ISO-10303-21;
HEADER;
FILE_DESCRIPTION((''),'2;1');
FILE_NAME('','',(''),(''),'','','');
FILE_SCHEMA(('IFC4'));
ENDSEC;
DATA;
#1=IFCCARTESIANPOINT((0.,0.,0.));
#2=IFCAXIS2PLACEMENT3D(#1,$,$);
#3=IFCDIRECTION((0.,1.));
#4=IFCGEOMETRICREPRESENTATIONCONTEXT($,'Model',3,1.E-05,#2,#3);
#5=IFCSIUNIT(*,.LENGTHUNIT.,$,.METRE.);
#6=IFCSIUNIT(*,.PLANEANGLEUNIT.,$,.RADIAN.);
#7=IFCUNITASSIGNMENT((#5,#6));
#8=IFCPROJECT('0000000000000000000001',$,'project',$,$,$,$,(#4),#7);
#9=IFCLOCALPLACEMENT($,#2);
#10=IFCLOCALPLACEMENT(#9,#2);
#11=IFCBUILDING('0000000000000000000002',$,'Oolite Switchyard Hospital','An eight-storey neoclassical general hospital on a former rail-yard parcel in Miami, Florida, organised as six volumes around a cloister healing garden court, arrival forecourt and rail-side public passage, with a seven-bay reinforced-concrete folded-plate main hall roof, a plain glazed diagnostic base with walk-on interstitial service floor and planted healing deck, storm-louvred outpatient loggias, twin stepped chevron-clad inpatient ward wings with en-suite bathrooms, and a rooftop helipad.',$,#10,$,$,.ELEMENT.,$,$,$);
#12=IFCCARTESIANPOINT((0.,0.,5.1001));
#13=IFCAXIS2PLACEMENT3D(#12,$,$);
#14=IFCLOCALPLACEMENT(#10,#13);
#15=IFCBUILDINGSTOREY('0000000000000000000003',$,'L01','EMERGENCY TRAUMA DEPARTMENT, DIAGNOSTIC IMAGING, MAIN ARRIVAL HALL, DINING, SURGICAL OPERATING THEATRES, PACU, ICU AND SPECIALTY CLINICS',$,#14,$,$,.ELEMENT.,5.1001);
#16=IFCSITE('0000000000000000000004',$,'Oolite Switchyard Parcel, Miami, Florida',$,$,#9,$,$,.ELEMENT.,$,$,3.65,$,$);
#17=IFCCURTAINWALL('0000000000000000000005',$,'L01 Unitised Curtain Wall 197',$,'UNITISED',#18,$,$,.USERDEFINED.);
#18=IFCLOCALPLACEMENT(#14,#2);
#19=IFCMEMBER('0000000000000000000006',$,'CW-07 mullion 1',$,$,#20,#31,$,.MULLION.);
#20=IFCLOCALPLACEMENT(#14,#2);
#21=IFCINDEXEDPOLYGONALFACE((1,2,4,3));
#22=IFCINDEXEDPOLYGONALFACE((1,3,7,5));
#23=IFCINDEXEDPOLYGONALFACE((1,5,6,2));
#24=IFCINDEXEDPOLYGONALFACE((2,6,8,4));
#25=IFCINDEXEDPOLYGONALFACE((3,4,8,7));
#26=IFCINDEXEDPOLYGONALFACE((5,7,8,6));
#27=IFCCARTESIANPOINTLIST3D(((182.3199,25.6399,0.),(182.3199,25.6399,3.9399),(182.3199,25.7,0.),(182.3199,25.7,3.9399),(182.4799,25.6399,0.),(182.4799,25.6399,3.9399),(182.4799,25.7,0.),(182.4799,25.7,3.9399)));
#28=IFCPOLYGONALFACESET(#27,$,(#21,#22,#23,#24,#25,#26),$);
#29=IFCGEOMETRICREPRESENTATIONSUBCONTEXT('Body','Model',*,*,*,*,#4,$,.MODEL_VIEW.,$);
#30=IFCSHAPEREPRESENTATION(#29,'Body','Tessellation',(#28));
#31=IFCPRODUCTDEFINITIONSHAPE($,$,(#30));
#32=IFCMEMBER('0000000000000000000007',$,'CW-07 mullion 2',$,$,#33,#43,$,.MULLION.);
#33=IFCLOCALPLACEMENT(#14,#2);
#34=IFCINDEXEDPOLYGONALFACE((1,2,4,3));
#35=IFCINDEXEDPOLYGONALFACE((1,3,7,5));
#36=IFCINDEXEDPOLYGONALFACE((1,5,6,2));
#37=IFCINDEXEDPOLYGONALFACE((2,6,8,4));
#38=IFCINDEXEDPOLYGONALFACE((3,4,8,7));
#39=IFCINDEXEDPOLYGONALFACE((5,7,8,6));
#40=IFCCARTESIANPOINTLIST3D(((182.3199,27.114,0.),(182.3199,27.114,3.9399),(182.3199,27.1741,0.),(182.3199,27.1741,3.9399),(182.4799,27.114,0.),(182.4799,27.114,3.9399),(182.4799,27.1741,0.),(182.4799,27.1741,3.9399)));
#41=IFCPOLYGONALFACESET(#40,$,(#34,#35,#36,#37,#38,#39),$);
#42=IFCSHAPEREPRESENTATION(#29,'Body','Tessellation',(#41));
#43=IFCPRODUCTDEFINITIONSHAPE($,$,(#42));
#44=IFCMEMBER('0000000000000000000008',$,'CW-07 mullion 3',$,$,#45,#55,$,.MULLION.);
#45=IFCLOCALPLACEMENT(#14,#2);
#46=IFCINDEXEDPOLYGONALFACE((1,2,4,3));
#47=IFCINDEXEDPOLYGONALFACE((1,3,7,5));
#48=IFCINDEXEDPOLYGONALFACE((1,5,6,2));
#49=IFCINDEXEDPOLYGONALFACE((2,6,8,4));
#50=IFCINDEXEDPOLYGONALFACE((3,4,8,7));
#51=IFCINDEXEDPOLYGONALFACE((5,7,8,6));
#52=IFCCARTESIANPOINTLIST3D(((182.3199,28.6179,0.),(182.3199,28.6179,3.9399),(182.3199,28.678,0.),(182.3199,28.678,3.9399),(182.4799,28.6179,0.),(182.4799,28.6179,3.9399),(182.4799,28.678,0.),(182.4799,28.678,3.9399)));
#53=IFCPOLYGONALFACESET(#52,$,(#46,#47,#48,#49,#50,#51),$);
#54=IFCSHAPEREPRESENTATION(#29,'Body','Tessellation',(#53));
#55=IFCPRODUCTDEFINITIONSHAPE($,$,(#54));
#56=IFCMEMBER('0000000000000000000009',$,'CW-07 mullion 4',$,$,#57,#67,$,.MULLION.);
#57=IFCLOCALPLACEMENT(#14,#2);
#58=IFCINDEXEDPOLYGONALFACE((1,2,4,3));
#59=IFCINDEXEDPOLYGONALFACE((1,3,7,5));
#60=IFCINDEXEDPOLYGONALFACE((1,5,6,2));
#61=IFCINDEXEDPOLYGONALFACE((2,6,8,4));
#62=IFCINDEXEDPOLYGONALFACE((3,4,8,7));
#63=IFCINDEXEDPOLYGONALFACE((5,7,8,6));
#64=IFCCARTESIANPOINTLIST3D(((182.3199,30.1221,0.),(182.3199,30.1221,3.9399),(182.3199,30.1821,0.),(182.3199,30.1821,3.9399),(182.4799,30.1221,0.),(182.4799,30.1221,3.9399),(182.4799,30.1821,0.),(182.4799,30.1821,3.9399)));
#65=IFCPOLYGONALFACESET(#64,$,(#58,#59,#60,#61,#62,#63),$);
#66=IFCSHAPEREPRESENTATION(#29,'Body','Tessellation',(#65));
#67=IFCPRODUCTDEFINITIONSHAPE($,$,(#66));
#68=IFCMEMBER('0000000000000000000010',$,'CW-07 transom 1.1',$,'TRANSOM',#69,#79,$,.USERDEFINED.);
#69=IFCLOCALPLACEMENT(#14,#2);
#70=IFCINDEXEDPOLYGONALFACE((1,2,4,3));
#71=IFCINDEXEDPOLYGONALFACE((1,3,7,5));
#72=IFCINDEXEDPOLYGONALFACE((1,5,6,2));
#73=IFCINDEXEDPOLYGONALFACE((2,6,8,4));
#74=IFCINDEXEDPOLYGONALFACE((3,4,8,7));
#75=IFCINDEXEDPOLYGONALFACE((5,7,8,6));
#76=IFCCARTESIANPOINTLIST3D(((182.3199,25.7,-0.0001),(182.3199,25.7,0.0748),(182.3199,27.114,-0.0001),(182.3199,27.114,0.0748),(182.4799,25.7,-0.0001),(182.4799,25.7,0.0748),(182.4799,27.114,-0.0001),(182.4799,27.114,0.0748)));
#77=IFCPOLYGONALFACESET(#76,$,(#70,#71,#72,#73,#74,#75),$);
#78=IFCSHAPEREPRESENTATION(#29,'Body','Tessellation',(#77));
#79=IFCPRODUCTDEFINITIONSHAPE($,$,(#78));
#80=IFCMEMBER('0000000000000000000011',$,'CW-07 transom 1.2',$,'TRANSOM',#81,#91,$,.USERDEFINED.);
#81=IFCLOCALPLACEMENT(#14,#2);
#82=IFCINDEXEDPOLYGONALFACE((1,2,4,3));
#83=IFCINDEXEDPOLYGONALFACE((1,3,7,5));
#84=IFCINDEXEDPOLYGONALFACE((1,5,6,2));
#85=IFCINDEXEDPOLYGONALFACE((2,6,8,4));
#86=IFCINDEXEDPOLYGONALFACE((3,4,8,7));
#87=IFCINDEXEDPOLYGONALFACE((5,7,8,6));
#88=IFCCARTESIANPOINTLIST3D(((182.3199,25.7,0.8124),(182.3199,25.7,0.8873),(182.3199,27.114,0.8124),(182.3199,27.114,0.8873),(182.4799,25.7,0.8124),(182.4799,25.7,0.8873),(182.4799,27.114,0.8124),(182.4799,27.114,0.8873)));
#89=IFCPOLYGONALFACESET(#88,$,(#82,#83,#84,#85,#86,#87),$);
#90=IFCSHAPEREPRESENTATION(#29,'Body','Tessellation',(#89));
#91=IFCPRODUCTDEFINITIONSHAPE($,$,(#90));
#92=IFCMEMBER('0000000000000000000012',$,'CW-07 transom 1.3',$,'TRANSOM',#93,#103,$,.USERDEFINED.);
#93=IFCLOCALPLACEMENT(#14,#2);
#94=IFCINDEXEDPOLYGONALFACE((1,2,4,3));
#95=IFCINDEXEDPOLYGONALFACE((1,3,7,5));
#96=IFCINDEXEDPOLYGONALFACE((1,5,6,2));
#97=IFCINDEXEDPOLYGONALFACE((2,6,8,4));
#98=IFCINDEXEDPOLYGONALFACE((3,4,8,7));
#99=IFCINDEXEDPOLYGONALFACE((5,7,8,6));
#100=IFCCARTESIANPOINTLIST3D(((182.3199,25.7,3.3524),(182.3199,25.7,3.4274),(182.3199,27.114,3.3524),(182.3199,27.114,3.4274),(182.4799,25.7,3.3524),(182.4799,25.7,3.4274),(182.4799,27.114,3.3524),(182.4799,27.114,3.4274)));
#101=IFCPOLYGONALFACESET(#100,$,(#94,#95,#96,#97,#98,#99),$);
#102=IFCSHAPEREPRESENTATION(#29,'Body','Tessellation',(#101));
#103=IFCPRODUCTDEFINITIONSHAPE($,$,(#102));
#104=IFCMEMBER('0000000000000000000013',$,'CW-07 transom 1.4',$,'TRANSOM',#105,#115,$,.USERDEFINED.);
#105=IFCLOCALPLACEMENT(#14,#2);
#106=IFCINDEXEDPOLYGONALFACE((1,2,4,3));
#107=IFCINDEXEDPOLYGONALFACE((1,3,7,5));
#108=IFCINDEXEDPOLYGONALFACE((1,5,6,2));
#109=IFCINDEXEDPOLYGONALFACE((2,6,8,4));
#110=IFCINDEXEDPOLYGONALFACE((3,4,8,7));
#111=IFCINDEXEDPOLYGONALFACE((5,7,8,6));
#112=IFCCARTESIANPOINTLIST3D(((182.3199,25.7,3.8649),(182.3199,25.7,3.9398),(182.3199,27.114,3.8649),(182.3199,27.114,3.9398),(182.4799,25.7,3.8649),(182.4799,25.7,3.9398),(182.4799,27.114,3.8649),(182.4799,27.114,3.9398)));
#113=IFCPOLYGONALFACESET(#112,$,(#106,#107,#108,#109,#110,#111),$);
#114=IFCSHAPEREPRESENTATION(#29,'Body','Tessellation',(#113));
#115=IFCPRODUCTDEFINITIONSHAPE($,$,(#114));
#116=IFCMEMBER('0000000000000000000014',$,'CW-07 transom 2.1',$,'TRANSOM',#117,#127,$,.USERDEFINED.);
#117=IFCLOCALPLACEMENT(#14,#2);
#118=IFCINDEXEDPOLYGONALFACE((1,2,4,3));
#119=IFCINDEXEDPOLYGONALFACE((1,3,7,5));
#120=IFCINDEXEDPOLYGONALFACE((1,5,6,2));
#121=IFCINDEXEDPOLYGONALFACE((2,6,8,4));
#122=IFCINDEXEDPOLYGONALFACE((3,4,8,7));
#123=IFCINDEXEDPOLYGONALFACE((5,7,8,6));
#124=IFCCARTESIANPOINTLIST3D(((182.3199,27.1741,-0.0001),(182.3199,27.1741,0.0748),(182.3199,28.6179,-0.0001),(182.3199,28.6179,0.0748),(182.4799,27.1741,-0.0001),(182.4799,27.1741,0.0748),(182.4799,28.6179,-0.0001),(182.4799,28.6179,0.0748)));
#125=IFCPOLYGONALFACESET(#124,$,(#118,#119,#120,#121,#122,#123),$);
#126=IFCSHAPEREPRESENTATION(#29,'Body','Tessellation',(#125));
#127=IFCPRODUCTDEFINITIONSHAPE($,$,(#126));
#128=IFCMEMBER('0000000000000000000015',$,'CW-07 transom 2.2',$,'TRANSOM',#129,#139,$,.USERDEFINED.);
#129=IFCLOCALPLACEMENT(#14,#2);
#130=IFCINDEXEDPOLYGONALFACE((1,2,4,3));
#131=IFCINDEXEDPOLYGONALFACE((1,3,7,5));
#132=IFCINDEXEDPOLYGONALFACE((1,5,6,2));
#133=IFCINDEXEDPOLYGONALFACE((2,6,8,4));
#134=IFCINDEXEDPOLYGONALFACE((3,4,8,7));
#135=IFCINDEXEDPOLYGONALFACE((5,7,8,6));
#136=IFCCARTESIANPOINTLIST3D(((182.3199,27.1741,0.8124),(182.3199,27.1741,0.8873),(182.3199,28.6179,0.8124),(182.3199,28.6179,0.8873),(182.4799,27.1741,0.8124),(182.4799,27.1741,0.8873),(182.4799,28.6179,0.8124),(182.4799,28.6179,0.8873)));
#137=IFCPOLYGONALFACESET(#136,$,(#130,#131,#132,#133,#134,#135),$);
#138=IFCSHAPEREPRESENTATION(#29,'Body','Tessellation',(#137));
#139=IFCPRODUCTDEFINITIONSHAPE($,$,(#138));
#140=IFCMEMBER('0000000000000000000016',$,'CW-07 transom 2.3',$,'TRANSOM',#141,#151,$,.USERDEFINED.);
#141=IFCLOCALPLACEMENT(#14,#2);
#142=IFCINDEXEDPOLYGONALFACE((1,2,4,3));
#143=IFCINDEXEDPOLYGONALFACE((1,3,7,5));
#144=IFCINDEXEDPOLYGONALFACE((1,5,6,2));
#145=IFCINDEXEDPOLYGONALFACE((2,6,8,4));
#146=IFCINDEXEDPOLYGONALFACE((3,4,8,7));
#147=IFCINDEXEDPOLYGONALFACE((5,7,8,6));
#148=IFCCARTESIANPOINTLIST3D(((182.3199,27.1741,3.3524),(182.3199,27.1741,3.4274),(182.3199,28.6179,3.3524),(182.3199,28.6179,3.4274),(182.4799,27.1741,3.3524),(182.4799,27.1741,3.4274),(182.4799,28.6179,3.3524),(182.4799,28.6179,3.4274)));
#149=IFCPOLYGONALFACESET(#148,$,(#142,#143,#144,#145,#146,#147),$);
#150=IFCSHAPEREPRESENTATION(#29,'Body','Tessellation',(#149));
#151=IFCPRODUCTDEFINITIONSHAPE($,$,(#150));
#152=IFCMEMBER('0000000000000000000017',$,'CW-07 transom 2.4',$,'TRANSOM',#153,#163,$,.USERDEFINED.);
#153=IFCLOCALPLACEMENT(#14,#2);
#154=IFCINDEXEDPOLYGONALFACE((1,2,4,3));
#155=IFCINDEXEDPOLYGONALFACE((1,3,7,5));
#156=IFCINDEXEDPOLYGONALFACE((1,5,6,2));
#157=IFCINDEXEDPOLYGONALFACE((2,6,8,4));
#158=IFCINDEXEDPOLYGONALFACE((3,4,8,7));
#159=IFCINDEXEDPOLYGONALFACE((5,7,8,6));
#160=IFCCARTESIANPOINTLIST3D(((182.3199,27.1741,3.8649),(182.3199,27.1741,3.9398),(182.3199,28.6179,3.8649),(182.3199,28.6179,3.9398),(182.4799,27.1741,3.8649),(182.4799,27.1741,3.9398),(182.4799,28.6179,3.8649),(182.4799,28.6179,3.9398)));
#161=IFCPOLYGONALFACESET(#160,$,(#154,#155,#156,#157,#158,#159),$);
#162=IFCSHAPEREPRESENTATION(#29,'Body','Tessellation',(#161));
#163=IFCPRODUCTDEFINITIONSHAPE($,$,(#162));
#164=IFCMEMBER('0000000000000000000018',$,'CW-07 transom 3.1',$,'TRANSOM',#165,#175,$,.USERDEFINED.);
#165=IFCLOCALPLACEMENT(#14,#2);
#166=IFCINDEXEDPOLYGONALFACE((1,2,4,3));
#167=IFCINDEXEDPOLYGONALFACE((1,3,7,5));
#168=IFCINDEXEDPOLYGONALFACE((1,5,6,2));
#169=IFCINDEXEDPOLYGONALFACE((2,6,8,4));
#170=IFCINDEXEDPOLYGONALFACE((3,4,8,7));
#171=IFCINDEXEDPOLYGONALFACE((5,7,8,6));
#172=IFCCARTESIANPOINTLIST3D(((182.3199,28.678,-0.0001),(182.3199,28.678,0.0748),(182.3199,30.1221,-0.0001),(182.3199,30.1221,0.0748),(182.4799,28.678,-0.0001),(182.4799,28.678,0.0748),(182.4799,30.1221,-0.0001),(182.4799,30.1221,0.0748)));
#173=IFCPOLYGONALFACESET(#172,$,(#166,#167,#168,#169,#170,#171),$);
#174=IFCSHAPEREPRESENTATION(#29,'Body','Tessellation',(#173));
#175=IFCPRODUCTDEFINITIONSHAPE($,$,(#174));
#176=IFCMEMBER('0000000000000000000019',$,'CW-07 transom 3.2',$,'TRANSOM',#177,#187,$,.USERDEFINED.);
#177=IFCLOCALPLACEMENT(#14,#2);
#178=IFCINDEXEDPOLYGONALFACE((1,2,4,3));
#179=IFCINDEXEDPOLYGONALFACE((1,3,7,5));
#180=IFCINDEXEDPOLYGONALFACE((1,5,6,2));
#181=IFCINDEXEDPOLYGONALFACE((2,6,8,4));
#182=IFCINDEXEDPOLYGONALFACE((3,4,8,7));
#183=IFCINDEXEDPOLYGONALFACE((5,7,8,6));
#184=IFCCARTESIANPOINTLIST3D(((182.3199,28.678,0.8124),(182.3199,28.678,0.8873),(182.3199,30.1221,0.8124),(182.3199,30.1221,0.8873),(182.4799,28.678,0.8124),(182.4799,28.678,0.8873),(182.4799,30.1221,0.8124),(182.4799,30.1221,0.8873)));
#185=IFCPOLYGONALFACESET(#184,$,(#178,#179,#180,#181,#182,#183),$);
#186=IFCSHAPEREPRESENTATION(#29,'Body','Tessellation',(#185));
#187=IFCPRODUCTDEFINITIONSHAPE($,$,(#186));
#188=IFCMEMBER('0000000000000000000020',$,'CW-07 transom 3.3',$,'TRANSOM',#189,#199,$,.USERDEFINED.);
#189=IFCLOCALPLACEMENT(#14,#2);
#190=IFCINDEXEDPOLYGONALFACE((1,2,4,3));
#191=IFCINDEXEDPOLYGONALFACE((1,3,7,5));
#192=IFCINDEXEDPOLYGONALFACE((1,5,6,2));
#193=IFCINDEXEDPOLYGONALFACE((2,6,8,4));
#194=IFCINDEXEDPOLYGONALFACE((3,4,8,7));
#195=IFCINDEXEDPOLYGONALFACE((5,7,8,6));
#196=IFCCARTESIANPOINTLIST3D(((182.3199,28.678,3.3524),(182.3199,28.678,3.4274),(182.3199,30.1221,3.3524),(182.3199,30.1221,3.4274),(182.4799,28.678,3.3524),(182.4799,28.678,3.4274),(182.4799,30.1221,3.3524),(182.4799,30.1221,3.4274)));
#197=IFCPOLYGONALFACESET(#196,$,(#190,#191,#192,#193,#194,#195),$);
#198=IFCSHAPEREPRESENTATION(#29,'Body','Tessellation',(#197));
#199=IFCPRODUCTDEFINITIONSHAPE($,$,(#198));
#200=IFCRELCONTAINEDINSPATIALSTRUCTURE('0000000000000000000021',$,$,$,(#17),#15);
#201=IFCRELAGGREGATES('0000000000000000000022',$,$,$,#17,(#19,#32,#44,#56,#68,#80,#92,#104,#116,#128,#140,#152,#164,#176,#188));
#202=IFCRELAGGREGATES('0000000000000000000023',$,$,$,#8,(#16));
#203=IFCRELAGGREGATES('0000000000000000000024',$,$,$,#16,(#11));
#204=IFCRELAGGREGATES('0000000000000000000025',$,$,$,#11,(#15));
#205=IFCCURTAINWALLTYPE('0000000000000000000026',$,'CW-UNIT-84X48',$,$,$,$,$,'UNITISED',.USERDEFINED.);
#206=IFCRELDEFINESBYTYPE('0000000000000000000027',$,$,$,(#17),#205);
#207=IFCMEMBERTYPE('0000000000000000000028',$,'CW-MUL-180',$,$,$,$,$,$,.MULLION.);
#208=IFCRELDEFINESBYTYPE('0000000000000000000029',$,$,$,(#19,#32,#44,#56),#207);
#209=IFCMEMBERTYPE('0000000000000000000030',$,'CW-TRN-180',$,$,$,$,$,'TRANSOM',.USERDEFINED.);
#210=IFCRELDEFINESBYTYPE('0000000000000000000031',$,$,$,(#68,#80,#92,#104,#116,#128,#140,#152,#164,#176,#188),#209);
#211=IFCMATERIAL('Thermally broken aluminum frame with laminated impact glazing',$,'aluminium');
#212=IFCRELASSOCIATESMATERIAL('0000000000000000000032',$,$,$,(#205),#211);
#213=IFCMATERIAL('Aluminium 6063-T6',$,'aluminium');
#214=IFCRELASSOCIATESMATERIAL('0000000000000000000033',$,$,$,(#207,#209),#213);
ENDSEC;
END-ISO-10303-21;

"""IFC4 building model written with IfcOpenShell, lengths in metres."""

from ifc_helpers import new_model, si_unit, direction, frame, origin, origin_2d, place, context, subcontext, project, spatial, rectangle, extrude, material, material_profile, profile_set, type_object, element, aggregate, save


model = new_model("IFC4")

# Units and contexts
model_context = context("Model", 3, precision=1e-05, world=origin(), true_north=direction((0.0, 1.0)))
body_context = subcontext(model_context, "Body", "Model", "MODEL_VIEW")
ifc_project = project(units=[si_unit("LENGTHUNIT", "METRE"), si_unit("PLANEANGLEUNIT", "RADIAN")], contexts=[model_context])

# Site, building, storey
site_placement = place(None, origin())
site = spatial("IfcSite", under=ifc_project, at=site_placement, Name="Oolite Switchyard Parcel, Miami, Florida", CompositionType="ELEMENT", RefElevation=3.65)
building_placement = place(site_placement, origin())
building = spatial("IfcBuilding", under=site, at=building_placement, Name="Oolite Switchyard Hospital", Description="An eight-storey neoclassical general hospital on a former rail-yard parcel in Miami, Florida, organised as six volumes around a cloister healing garden court, arrival forecourt and rail-side public passage, with a seven-bay reinforced-concrete folded-plate main hall roof, a plain glazed diagnostic base with walk-on interstitial service floor and planted healing deck, storm-louvred outpatient loggias, twin stepped chevron-clad inpatient ward wings with en-suite bathrooms, and a rooftop helipad.", CompositionType="ELEMENT")
storey_placement = place(building_placement, frame((0.0, 0.0, 5.1001)))
storey = spatial("IfcBuildingStorey", under=building, at=storey_placement, Name="L01", Description="EMERGENCY TRAUMA DEPARTMENT, DIAGNOSTIC IMAGING, MAIN ARRIVAL HALL, DINING, SURGICAL OPERATING THEATRES, PACU, ICU AND SPECIALTY CLINICS", CompositionType="ELEMENT", Elevation=5.1001)

# Curtain wall, members
ifc_material_1 = material(Name="Thermally broken aluminum frame with laminated impact glazing", Category="aluminium")
curtain_wall_type = type_object("IfcCurtainWallType", Name="CW-UNIT-84X48", ElementType="UNITISED", PredefinedType="USERDEFINED", material=ifc_material_1)
curtain_wall_placement = place(storey_placement, origin())
curtain_wall = element("IfcCurtainWall", 1, at=curtain_wall_placement, inside=storey, type_object=curtain_wall_type, Name="L01 Unitised Curtain Wall 197", ObjectType="UNITISED", PredefinedType="USERDEFINED")
ifc_material_2 = material(Name="Aluminium 6063-T6", Category="aluminium")
ifc_material_profile_1 = material_profile(ifc_material_2, rectangle(XDim=0.1599, YDim=0.0601, at=origin_2d()), Name="CWM60X160")
ifc_profile_set_1 = profile_set([ifc_material_profile_1], Name="Aluminium 6063-T6")
member_type_1 = type_object("IfcMemberType", Name="CW-MUL-180", PredefinedType="MULLION", material=ifc_profile_set_1)
member_1_placement = place(storey_placement, frame((182.3999, 25.6699, 0.0), z_axis=(0.0, 0.0, 1.0), x_axis=(-1.0, 0.0, 0.0)))
member_1 = element("IfcMember", 2, at=member_1_placement, type_object=member_type_1, Name="CW-07 mullion 1", PredefinedType="MULLION", context=body_context, shape_type="SweptSolid", body=[
    extrude(rectangle(XDim=0.1599, YDim=0.0601, at=origin_2d()), origin(), (0.0, 0.0, 1.0), 3.9399),
])
member_2_placement = place(storey_placement, frame((182.3999, 27.144, 0.0), z_axis=(0.0, 0.0, 1.0), x_axis=(-1.0, 0.0, 0.0)))
member_2 = element("IfcMember", 3, at=member_2_placement, type_object=member_type_1, Name="CW-07 mullion 2", PredefinedType="MULLION", context=body_context, shape_type="SweptSolid", body=[
    extrude(rectangle(XDim=0.1599, YDim=0.0601, at=origin_2d()), origin(), (0.0, 0.0, 1.0), 3.9399),
])
member_3_placement = place(storey_placement, frame((182.3999, 28.6479, 0.0), z_axis=(0.0, 0.0, 1.0), x_axis=(-1.0, 0.0, 0.0)))
member_3 = element("IfcMember", 4, at=member_3_placement, type_object=member_type_1, Name="CW-07 mullion 3", PredefinedType="MULLION", context=body_context, shape_type="SweptSolid", body=[
    extrude(rectangle(XDim=0.1599, YDim=0.0601, at=origin_2d()), origin(), (0.0, 0.0, 1.0), 3.9399),
])
member_4_placement = place(storey_placement, frame((182.3999, 30.1521, 0.0), z_axis=(0.0, 0.0, 1.0), x_axis=(-1.0, 0.0, 0.0)))
member_4 = element("IfcMember", 5, at=member_4_placement, type_object=member_type_1, Name="CW-07 mullion 4", PredefinedType="MULLION", context=body_context, shape_type="SweptSolid", body=[
    extrude(rectangle(XDim=0.1599, YDim=0.0601, at=origin_2d()), origin(), (0.0, 0.0, 1.0), 3.9399),
])
ifc_material_profile_2 = material_profile(ifc_material_2, rectangle(XDim=0.1599, YDim=0.075, at=origin_2d()), Name="CWT75X160")
ifc_profile_set_2 = profile_set([ifc_material_profile_2], Name="Aluminium 6063-T6")
member_type_2 = type_object("IfcMemberType", Name="CW-TRN-180", ElementType="TRANSOM", PredefinedType="USERDEFINED", material=ifc_profile_set_2)
member_5_placement = place(storey_placement, frame((182.3999, 25.7, 0.0374), z_axis=(0.0, 1.0, 0.0), x_axis=(-1.0, 0.0, 0.0)))
member_5 = element("IfcMember", 6, at=member_5_placement, type_object=member_type_2, Name="CW-07 transom 1.1", ObjectType="TRANSOM", PredefinedType="USERDEFINED", context=body_context, shape_type="SweptSolid", body=[
    extrude(rectangle(XDim=0.1599, YDim=0.075, at=origin_2d()), origin(), (0.0, 0.0, 1.0), 1.4141),
])
member_6_placement = place(storey_placement, frame((182.3999, 25.7, 0.8499), z_axis=(0.0, 1.0, 0.0), x_axis=(-1.0, 0.0, 0.0)))
member_6 = element("IfcMember", 7, at=member_6_placement, type_object=member_type_2, Name="CW-07 transom 1.2", ObjectType="TRANSOM", PredefinedType="USERDEFINED", context=body_context, shape_type="SweptSolid", body=[
    extrude(rectangle(XDim=0.1599, YDim=0.075, at=origin_2d()), origin(), (0.0, 0.0, 1.0), 1.4141),
])
member_7_placement = place(storey_placement, frame((182.3999, 25.7, 3.3899), z_axis=(0.0, 1.0, 0.0), x_axis=(-1.0, 0.0, 0.0)))
member_7 = element("IfcMember", 8, at=member_7_placement, type_object=member_type_2, Name="CW-07 transom 1.3", ObjectType="TRANSOM", PredefinedType="USERDEFINED", context=body_context, shape_type="SweptSolid", body=[
    extrude(rectangle(XDim=0.1599, YDim=0.075, at=origin_2d()), origin(), (0.0, 0.0, 1.0), 1.4141),
])
member_8_placement = place(storey_placement, frame((182.3999, 25.7, 3.9023), z_axis=(0.0, 1.0, 0.0), x_axis=(-1.0, 0.0, 0.0)))
member_8 = element("IfcMember", 9, at=member_8_placement, type_object=member_type_2, Name="CW-07 transom 1.4", ObjectType="TRANSOM", PredefinedType="USERDEFINED", context=body_context, shape_type="SweptSolid", body=[
    extrude(rectangle(XDim=0.1599, YDim=0.075, at=origin_2d()), origin(), (0.0, 0.0, 1.0), 1.4141),
])
member_9_placement = place(storey_placement, frame((182.3999, 27.1741, 0.0374), z_axis=(0.0, 1.0, 0.0), x_axis=(-1.0, 0.0, 0.0)))
member_9 = element("IfcMember", 10, at=member_9_placement, type_object=member_type_2, Name="CW-07 transom 2.1", ObjectType="TRANSOM", PredefinedType="USERDEFINED", context=body_context, shape_type="SweptSolid", body=[
    extrude(rectangle(XDim=0.1599, YDim=0.075, at=origin_2d()), origin(), (0.0, 0.0, 1.0), 1.4438),
])
member_10_placement = place(storey_placement, frame((182.3999, 27.1741, 0.8499), z_axis=(0.0, 1.0, 0.0), x_axis=(-1.0, 0.0, 0.0)))
member_10 = element("IfcMember", 11, at=member_10_placement, type_object=member_type_2, Name="CW-07 transom 2.2", ObjectType="TRANSOM", PredefinedType="USERDEFINED", context=body_context, shape_type="SweptSolid", body=[
    extrude(rectangle(XDim=0.1599, YDim=0.075, at=origin_2d()), origin(), (0.0, 0.0, 1.0), 1.4438),
])
member_11_placement = place(storey_placement, frame((182.3999, 27.1741, 3.3899), z_axis=(0.0, 1.0, 0.0), x_axis=(-1.0, 0.0, 0.0)))
member_11 = element("IfcMember", 12, at=member_11_placement, type_object=member_type_2, Name="CW-07 transom 2.3", ObjectType="TRANSOM", PredefinedType="USERDEFINED", context=body_context, shape_type="SweptSolid", body=[
    extrude(rectangle(XDim=0.1599, YDim=0.075, at=origin_2d()), origin(), (0.0, 0.0, 1.0), 1.4438),
])
member_12_placement = place(storey_placement, frame((182.3999, 27.1741, 3.9023), z_axis=(0.0, 1.0, 0.0), x_axis=(-1.0, 0.0, 0.0)))
member_12 = element("IfcMember", 13, at=member_12_placement, type_object=member_type_2, Name="CW-07 transom 2.4", ObjectType="TRANSOM", PredefinedType="USERDEFINED", context=body_context, shape_type="SweptSolid", body=[
    extrude(rectangle(XDim=0.1599, YDim=0.075, at=origin_2d()), origin(), (0.0, 0.0, 1.0), 1.4438),
])
member_13_placement = place(storey_placement, frame((182.3999, 28.678, 0.0374), z_axis=(0.0, 1.0, 0.0), x_axis=(-1.0, 0.0, 0.0)))
member_13 = element("IfcMember", 14, at=member_13_placement, type_object=member_type_2, Name="CW-07 transom 3.1", ObjectType="TRANSOM", PredefinedType="USERDEFINED", context=body_context, shape_type="SweptSolid", body=[
    extrude(rectangle(XDim=0.1599, YDim=0.075, at=origin_2d()), origin(), (0.0, 0.0, 1.0), 1.4441),
])
member_14_placement = place(storey_placement, frame((182.3999, 28.678, 0.8499), z_axis=(0.0, 1.0, 0.0), x_axis=(-1.0, 0.0, 0.0)))
member_14 = element("IfcMember", 15, at=member_14_placement, type_object=member_type_2, Name="CW-07 transom 3.2", ObjectType="TRANSOM", PredefinedType="USERDEFINED", context=body_context, shape_type="SweptSolid", body=[
    extrude(rectangle(XDim=0.1599, YDim=0.075, at=origin_2d()), origin(), (0.0, 0.0, 1.0), 1.4441),
])
member_15_placement = place(storey_placement, frame((182.3999, 28.678, 3.3899), z_axis=(0.0, 1.0, 0.0), x_axis=(-1.0, 0.0, 0.0)))
member_15 = element("IfcMember", 16, at=member_15_placement, type_object=member_type_2, Name="CW-07 transom 3.3", ObjectType="TRANSOM", PredefinedType="USERDEFINED", context=body_context, shape_type="SweptSolid", body=[
    extrude(rectangle(XDim=0.1599, YDim=0.075, at=origin_2d()), origin(), (0.0, 0.0, 1.0), 1.4441),
])
aggregate(curtain_wall, [member_1, member_2, member_3, member_4, member_5, member_6, member_7, member_8, member_9, member_10, member_11, member_12, member_13, member_14, member_15])

save(model, "model.ifc")
